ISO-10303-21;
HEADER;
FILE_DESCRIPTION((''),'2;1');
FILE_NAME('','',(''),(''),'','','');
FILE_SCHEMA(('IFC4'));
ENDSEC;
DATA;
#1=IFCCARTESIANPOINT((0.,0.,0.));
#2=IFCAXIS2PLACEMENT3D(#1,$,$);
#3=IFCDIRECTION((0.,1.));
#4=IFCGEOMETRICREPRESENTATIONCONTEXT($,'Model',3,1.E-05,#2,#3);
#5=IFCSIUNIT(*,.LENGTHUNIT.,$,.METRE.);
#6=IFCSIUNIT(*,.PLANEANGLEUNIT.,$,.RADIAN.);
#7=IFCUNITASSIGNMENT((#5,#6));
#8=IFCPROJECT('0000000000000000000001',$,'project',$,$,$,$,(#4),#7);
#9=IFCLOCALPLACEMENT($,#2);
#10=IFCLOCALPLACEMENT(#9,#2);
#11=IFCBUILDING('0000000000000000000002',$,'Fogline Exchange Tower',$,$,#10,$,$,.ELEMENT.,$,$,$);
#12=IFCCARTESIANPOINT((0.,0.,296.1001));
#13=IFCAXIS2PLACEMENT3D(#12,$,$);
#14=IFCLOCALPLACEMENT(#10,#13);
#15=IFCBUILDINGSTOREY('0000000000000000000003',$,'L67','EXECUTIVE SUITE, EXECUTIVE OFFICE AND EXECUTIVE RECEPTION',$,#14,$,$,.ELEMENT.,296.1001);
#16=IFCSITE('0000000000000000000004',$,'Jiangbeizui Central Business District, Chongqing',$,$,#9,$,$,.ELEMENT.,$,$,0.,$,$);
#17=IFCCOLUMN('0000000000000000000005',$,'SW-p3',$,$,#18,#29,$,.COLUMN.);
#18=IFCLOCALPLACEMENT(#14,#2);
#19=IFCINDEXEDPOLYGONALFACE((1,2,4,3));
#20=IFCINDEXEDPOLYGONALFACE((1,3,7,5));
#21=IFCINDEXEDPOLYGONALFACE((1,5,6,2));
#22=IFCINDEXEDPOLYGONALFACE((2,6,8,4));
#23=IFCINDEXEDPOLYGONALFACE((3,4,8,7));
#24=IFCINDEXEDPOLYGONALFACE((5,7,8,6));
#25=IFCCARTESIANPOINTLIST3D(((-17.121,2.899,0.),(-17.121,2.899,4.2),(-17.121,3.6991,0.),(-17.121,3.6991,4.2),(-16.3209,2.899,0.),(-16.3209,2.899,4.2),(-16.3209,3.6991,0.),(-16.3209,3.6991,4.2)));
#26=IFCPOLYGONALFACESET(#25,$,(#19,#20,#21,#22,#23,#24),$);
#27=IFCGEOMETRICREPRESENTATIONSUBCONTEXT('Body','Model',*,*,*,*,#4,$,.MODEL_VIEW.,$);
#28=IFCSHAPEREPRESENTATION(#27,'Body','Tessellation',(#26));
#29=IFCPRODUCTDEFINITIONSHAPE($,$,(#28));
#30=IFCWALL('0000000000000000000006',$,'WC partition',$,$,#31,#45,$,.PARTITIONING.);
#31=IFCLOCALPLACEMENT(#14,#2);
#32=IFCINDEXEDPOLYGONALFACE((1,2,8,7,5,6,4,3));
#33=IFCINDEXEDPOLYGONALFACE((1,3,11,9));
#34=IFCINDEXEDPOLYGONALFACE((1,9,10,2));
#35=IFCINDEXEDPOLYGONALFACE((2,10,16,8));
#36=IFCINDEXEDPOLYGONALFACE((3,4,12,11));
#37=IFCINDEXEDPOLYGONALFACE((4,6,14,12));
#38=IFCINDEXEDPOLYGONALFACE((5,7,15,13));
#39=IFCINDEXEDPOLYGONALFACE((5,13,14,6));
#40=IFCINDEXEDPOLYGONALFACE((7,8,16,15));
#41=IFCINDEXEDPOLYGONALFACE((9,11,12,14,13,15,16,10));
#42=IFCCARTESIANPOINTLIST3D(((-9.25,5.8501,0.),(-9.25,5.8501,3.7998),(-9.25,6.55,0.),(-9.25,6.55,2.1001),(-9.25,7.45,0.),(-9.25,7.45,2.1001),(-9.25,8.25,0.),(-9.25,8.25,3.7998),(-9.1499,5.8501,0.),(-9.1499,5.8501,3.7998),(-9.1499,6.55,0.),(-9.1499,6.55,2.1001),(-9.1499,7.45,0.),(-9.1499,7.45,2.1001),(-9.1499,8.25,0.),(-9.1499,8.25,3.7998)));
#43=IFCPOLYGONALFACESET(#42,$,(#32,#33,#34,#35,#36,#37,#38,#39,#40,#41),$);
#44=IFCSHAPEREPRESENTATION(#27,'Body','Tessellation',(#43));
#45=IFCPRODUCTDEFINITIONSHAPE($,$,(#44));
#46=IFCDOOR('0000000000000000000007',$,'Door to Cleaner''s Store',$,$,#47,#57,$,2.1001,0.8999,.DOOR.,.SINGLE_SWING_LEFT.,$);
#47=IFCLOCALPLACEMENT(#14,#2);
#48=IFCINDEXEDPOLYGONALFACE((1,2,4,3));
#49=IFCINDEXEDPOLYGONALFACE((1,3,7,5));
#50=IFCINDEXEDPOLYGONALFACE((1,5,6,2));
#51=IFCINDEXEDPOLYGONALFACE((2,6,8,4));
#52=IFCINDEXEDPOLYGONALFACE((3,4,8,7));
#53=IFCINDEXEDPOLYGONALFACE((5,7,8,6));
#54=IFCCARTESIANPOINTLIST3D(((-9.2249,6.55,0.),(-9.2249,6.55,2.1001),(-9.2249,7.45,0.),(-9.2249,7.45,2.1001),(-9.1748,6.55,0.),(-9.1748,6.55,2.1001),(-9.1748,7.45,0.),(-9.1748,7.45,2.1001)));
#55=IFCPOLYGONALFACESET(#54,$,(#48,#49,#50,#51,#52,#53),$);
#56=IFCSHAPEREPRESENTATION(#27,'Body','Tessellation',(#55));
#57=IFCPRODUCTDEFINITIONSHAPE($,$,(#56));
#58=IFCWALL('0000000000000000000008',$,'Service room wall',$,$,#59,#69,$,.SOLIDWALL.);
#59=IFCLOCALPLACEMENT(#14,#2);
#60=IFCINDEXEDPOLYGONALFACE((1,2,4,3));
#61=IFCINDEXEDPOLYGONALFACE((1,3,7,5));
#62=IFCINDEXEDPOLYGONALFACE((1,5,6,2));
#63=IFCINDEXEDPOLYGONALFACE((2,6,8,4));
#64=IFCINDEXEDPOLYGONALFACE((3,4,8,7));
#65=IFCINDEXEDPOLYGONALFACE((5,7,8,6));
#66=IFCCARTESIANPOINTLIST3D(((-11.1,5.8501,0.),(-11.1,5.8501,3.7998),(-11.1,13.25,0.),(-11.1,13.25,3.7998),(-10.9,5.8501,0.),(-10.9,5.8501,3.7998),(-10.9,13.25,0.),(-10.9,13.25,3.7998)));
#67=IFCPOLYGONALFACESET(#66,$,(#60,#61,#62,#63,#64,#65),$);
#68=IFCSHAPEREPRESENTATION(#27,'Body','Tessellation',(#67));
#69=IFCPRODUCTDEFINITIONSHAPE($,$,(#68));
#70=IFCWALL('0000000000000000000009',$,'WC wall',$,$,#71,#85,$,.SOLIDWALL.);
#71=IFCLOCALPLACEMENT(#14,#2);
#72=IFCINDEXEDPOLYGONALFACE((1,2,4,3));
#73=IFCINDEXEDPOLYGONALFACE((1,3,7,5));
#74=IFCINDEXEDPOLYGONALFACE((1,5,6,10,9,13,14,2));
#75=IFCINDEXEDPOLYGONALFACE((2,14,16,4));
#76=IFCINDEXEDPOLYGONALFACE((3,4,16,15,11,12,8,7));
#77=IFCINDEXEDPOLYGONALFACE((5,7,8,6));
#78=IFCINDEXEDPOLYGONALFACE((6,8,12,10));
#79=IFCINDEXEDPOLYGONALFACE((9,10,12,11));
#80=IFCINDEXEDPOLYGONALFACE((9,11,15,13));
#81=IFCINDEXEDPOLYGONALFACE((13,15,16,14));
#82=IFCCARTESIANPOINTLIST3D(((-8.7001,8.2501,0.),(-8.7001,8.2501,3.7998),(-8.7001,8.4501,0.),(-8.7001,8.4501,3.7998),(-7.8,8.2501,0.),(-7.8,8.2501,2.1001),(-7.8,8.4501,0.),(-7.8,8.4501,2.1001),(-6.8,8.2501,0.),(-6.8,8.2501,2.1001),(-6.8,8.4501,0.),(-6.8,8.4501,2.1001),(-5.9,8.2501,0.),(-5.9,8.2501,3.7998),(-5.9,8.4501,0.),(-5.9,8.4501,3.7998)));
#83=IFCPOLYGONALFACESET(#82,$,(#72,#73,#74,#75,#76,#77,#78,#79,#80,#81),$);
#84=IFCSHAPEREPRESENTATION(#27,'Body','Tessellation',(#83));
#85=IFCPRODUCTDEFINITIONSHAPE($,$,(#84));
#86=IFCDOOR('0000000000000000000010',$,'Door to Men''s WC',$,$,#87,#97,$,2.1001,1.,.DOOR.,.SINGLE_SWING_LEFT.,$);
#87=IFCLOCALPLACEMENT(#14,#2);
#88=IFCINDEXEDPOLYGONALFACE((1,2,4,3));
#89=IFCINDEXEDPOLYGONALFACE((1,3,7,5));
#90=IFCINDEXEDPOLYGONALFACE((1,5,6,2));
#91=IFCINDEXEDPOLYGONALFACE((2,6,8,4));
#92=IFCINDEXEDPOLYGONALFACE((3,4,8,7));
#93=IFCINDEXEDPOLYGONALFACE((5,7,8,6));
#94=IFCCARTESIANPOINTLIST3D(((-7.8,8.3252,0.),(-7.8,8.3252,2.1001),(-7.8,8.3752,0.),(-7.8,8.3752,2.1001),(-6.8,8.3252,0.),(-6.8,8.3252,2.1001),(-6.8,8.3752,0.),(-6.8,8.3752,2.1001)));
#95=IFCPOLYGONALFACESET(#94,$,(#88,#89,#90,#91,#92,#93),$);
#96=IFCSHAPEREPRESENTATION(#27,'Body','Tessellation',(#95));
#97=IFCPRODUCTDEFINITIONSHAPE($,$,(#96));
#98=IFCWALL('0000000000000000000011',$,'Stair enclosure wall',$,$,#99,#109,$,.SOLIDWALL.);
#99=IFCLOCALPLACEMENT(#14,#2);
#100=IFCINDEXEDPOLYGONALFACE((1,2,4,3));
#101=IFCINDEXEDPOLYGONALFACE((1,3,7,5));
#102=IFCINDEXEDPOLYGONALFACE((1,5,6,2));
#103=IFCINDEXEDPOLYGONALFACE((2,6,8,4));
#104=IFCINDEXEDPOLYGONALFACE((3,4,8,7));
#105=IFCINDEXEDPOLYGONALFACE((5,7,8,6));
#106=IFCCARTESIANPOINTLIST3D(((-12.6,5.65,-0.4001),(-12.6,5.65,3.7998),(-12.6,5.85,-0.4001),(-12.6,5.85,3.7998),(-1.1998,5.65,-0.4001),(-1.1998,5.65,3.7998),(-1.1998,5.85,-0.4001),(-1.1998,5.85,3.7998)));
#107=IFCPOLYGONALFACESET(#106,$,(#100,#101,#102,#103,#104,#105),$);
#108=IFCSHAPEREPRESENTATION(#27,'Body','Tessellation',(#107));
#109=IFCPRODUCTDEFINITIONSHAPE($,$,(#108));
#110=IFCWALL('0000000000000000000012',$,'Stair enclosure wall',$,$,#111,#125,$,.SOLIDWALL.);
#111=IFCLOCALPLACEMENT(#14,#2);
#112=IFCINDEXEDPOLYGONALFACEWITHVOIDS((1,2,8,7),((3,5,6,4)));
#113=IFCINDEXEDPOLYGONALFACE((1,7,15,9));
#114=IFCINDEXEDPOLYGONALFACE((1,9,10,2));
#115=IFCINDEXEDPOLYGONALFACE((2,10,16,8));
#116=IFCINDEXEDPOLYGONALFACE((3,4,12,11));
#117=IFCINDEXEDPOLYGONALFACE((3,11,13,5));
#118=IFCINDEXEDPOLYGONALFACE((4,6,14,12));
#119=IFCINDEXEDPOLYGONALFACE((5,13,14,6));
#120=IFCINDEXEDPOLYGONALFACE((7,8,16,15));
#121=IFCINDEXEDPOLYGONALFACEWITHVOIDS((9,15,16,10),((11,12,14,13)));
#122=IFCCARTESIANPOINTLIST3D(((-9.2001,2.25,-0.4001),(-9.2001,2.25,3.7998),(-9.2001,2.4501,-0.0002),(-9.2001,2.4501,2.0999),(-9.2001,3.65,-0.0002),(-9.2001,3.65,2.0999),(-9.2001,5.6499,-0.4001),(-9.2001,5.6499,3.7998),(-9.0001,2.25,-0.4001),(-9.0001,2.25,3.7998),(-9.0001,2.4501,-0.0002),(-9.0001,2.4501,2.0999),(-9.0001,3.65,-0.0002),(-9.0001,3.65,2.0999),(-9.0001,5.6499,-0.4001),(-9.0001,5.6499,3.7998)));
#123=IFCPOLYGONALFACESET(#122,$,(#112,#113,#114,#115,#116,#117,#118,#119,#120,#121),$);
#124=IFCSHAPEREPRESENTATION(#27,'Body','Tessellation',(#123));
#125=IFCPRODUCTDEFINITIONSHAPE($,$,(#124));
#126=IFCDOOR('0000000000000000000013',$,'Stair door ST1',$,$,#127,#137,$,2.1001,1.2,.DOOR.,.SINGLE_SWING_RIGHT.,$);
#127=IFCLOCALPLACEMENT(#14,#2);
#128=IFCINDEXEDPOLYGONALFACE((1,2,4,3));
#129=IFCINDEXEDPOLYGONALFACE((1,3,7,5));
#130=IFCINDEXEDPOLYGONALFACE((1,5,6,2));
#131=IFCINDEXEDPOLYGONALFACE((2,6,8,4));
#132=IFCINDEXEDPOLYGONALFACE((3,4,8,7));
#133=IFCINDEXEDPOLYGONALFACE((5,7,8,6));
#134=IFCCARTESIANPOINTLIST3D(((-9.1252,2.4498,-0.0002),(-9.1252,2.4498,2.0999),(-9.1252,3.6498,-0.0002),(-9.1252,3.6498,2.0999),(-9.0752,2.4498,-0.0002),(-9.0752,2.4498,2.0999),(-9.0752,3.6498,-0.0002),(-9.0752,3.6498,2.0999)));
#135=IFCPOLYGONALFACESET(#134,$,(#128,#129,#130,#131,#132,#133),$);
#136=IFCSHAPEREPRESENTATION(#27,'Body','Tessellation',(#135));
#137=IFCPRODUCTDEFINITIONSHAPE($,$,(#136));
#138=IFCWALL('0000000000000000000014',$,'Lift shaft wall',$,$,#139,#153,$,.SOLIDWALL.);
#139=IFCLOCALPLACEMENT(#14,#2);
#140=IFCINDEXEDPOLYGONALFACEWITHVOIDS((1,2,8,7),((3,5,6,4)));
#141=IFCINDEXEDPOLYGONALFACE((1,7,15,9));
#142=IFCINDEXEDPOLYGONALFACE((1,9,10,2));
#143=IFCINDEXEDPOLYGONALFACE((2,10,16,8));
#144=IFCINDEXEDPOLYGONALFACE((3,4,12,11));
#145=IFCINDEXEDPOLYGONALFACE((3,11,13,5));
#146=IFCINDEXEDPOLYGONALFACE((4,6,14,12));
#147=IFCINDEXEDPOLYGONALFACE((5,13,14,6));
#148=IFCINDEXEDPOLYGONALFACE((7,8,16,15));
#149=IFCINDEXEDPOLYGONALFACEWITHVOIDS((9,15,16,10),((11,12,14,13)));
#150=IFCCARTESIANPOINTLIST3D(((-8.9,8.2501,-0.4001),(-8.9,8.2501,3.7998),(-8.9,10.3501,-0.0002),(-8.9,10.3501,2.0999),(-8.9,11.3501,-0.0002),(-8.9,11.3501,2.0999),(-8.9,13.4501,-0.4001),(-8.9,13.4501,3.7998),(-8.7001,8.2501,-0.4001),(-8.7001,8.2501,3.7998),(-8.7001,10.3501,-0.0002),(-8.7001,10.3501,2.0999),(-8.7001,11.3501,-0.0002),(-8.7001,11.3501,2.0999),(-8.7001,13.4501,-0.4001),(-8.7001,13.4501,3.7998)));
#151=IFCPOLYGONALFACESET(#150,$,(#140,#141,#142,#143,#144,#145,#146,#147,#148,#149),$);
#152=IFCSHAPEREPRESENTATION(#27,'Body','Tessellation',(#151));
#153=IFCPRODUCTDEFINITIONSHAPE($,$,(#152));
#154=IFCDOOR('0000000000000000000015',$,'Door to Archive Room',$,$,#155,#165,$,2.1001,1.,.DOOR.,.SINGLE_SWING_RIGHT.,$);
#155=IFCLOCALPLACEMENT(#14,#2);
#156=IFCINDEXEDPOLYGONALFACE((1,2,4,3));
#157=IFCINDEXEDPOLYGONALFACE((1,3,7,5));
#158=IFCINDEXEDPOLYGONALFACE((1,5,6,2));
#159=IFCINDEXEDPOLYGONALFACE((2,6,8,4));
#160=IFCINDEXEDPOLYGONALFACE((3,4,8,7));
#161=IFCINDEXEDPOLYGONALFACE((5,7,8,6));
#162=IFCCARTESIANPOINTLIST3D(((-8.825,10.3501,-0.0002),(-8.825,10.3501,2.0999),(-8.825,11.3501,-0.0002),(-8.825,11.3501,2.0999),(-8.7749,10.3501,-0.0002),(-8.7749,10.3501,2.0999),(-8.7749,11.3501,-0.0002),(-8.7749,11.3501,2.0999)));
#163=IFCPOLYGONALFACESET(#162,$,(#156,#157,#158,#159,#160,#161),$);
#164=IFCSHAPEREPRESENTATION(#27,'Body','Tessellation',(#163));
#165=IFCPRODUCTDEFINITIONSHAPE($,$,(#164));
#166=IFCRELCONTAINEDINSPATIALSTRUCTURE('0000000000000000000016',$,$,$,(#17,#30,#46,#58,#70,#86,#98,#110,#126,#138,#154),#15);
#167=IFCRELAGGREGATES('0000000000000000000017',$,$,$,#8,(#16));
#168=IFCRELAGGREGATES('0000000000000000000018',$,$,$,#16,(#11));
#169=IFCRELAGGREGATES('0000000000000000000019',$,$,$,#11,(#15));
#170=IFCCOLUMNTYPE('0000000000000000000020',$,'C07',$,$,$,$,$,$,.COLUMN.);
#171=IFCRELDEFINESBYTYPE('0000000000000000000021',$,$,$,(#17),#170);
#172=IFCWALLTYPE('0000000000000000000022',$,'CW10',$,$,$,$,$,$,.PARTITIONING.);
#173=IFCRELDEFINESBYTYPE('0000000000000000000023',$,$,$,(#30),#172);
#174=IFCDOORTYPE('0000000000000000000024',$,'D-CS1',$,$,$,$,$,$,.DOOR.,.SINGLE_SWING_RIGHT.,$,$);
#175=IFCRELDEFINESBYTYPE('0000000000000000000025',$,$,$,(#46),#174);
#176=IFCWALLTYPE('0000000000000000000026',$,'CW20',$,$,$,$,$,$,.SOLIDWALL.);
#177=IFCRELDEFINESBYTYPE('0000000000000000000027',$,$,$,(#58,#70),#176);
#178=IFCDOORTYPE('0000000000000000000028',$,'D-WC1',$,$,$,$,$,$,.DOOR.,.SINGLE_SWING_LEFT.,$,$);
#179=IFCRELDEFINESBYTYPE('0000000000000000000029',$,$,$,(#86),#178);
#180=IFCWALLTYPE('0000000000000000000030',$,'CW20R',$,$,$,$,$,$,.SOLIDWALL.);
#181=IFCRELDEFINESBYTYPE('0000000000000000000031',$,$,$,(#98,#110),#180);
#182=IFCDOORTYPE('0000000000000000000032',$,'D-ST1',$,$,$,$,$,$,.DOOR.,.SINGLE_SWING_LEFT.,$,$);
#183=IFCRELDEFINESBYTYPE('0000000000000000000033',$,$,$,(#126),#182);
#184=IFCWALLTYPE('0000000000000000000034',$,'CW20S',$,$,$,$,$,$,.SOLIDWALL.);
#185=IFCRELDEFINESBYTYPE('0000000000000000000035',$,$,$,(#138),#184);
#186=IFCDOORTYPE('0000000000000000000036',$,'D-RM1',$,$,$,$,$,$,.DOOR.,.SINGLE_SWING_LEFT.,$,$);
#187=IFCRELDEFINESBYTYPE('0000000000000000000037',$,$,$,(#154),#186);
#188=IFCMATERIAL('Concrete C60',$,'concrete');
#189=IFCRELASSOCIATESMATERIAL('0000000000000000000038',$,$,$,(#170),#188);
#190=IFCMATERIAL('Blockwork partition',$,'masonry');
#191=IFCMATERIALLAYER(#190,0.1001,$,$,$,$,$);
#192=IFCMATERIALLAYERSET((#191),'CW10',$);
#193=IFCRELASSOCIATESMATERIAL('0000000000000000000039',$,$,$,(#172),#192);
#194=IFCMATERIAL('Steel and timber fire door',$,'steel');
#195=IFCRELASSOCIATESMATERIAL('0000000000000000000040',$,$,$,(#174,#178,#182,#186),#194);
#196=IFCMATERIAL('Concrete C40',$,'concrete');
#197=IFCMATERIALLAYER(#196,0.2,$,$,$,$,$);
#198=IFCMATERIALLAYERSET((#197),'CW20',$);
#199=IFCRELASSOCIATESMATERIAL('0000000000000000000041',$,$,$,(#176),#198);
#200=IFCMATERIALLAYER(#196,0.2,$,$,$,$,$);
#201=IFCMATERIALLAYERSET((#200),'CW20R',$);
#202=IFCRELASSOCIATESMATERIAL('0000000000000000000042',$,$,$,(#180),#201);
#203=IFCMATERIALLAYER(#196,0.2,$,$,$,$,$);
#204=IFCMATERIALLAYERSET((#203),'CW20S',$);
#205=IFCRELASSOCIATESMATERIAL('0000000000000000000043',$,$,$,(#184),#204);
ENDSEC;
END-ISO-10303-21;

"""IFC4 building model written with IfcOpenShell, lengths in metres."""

from ifc_helpers import new_model, si_unit, direction, frame, frame_2d, origin, origin_2d, place, context, subcontext, project, spatial, rectangle, extrude, material, layer, layer_set, material_profile, profile_set, type_object, element, fill, save


model = new_model("IFC4")

# Units and contexts
model_context = context("Model", 3, precision=1e-05, world=origin(), true_north=direction((0.0, 1.0)))
body_context = subcontext(model_context, "Body", "Model", "MODEL_VIEW")
ifc_project = project(units=[si_unit("LENGTHUNIT", "METRE"), si_unit("PLANEANGLEUNIT", "RADIAN")], contexts=[model_context])

# Site, building, storey
site_placement = place(None, origin())
site = spatial("IfcSite", under=ifc_project, at=site_placement, Name="Jiangbeizui Central Business District, Chongqing", CompositionType="ELEMENT", RefElevation=0.0)
building_placement = place(site_placement, origin())
building = spatial("IfcBuilding", under=site, at=building_placement, Name="Fogline Exchange Tower", CompositionType="ELEMENT")
storey_placement = place(building_placement, frame((0.0, 0.0, 296.1001)))
storey = spatial("IfcBuildingStorey", under=building, at=storey_placement, Name="L67", Description="EXECUTIVE SUITE, EXECUTIVE OFFICE AND EXECUTIVE RECEPTION", CompositionType="ELEMENT", Elevation=296.1001)

# Column
ifc_material_1 = material(Name="Concrete C60", Category="concrete")
ifc_material_profile = material_profile(ifc_material_1, rectangle(XDim=0.8, YDim=0.8, at=origin_2d()), Name="RC 800x800")
ifc_profile_set = profile_set([ifc_material_profile], Name="Concrete C60")
column_type = type_object("IfcColumnType", Name="C07", PredefinedType="COLUMN", material=ifc_profile_set)
column_placement = place(storey_placement, frame((-16.7209, 3.2991, 0.0), z_axis=(0.0, 0.0, 1.0), x_axis=(1.0, 0.0, 0.0)))
element("IfcColumn", 1, at=column_placement, inside=storey, type_object=column_type, Name="SW-p3", PredefinedType="COLUMN", context=body_context, shape_type="SweptSolid", body=[
    extrude(rectangle(XDim=0.8, YDim=0.8, at=origin_2d()), origin(), (0.0, 0.0, 1.0), 4.2),
])

# Wall, opening, door
ifc_material_2 = material(Name="Blockwork partition", Category="masonry")
ifc_layer_1 = layer(ifc_material_2, 0.1001)
ifc_layer_set_1 = layer_set([ifc_layer_1], Name="CW10")
wall_type_1 = type_object("IfcWallType", Name="CW10", PredefinedType="PARTITIONING", material=ifc_layer_set_1)
wall_1_placement = place(storey_placement, frame((-9.2, 5.8501, 0.0), z_axis=(0.0, 0.0, 1.0), x_axis=(0.0, 1.0, 0.0)))
wall_1 = element("IfcWall", 2, at=wall_1_placement, inside=storey, type_object=wall_type_1, Name="WC partition", PredefinedType="PARTITIONING", context=body_context, shape_type="SweptSolid", body=[
    extrude(rectangle(XDim=2.3999, YDim=0.1001, at=frame_2d((1.2, 0.0))), origin(), (0.0, 0.0, 1.0), 3.7998),
])
opening_1_placement = place(wall_1_placement, frame((0.7, 0.0, 0.0)))
opening_1 = element("IfcOpeningElement", 3, at=opening_1_placement, cuts=wall_1, PredefinedType="OPENING", context=body_context, shape_type="SweptSolid", body=[
    extrude(rectangle(XDim=0.8999, YDim=2.1001, at=frame_2d((0.45, 1.05))), frame((0.0, 0.0601, 0.0), z_axis=(0.0, -1.0, 0.0), x_axis=(1.0, 0.0, 0.0)), (0.0, 0.0, 1.0), 0.1201),
])
ifc_material_3 = material(Name="Steel and timber fire door", Category="steel")
door_type_1 = type_object("IfcDoorType", Name="D-CS1", OperationType="SINGLE_SWING_RIGHT", PredefinedType="DOOR", material=ifc_material_3)
door_1_placement = place(opening_1_placement, origin())
door_1 = element("IfcDoor", 4, at=door_1_placement, inside=storey, type_object=door_type_1, Name="Door to Cleaner's Store", OperationType="SINGLE_SWING_LEFT", OverallHeight=2.1001, OverallWidth=0.8999, PredefinedType="DOOR", context=body_context, shape_type="SweptSolid", body=[
    extrude(rectangle(XDim=0.8999, YDim=2.1001, at=frame_2d((0.45, 1.05))), frame((0.0, 0.0249, 0.0), z_axis=(0.0, -1.0, 0.0), x_axis=(1.0, 0.0, 0.0)), (0.0, 0.0, 1.0), 0.05),
])
fill(opening_1, door_1)

# Wall
ifc_material_4 = material(Name="Concrete C40", Category="concrete")
ifc_layer_2 = layer(ifc_material_4, 0.2)
ifc_layer_set_2 = layer_set([ifc_layer_2], Name="CW20")
wall_type_2 = type_object("IfcWallType", Name="CW20", PredefinedType="SOLIDWALL", material=ifc_layer_set_2)
wall_2_placement = place(storey_placement, frame((-11.0, 5.8501, 0.0), z_axis=(0.0, 0.0, 1.0), x_axis=(0.0, 1.0, 0.0)))
element("IfcWall", 5, at=wall_2_placement, inside=storey, type_object=wall_type_2, Name="Service room wall", PredefinedType="SOLIDWALL", context=body_context, shape_type="SweptSolid", body=[
    extrude(rectangle(XDim=7.3999, YDim=0.2, at=frame_2d((3.7, 0.0))), origin(), (0.0, 0.0, 1.0), 3.7998),
])

# Wall, opening, door
wall_3_placement = place(storey_placement, frame((-8.7, 8.3501, 0.0), z_axis=(0.0, 0.0, 1.0), x_axis=(1.0, 0.0, 0.0)))
wall_3 = element("IfcWall", 6, at=wall_3_placement, inside=storey, type_object=wall_type_2, Name="WC wall", PredefinedType="SOLIDWALL", context=body_context, shape_type="SweptSolid", body=[
    extrude(rectangle(XDim=2.8, YDim=0.2, at=frame_2d((1.3999, 0.0))), origin(), (0.0, 0.0, 1.0), 3.7998),
])
opening_2_placement = place(wall_3_placement, frame((0.8999, 0.0, 0.0)))
opening_2 = element("IfcOpeningElement", 7, at=opening_2_placement, cuts=wall_3, PredefinedType="OPENING", context=body_context, shape_type="SweptSolid", body=[
    extrude(rectangle(XDim=1.0, YDim=2.1001, at=frame_2d((0.5, 1.05))), frame((0.0, 0.1099, 0.0), z_axis=(0.0, -1.0, 0.0), x_axis=(1.0, 0.0, 0.0)), (0.0, 0.0, 1.0), 0.22),
])
door_type_2 = type_object("IfcDoorType", Name="D-WC1", OperationType="SINGLE_SWING_LEFT", PredefinedType="DOOR", material=ifc_material_3)
door_2_placement = place(opening_2_placement, frame((1.0, 0.0, 0.0), z_axis=(0.0, 0.0, 1.0), x_axis=(-1.0, 0.0, 0.0)))
door_2 = element("IfcDoor", 8, at=door_2_placement, inside=storey, type_object=door_type_2, Name="Door to Men's WC", OperationType="SINGLE_SWING_LEFT", OverallHeight=2.1001, OverallWidth=1.0, PredefinedType="DOOR", context=body_context, shape_type="SweptSolid", body=[
    extrude(rectangle(XDim=1.0, YDim=2.1001, at=frame_2d((0.5, 1.05))), frame((0.0, 0.0249, 0.0), z_axis=(0.0, -1.0, 0.0), x_axis=(1.0, 0.0, 0.0)), (0.0, 0.0, 1.0), 0.05),
])
fill(opening_2, door_2)

# Wall
ifc_layer_3 = layer(ifc_material_4, 0.2)
ifc_layer_set_3 = layer_set([ifc_layer_3], Name="CW20R")
wall_type_3 = type_object("IfcWallType", Name="CW20R", PredefinedType="SOLIDWALL", material=ifc_layer_set_3)
wall_4_placement = place(storey_placement, frame((-12.6001, 5.75, -0.4001), z_axis=(0.0, 0.0, 1.0), x_axis=(1.0, 0.0, 0.0)))
element("IfcWall", 9, at=wall_4_placement, inside=storey, type_object=wall_type_3, Name="Stair enclosure wall", PredefinedType="SOLIDWALL", context=body_context, shape_type="SweptSolid", body=[
    extrude(rectangle(XDim=11.4001, YDim=0.2, at=frame_2d((5.7002, 0.0))), origin(), (0.0, 0.0, 1.0), 4.2),
])

# Walls, openings, doors
wall_5_placement = place(storey_placement, frame((-9.1001, 2.25, -0.4001), z_axis=(0.0, 0.0, 1.0), x_axis=(0.0, 1.0, 0.0)))
wall_5 = element("IfcWall", 10, at=wall_5_placement, inside=storey, type_object=wall_type_3, Name="Stair enclosure wall", PredefinedType="SOLIDWALL", context=body_context, shape_type="SweptSolid", body=[
    extrude(rectangle(XDim=3.3999, YDim=0.2, at=frame_2d((1.7, 0.0))), origin(), (0.0, 0.0, 1.0), 4.2),
])
opening_3_placement = place(wall_5_placement, frame((0.2, 0.0, 0.3999)))
opening_3 = element("IfcOpeningElement", 11, at=opening_3_placement, cuts=wall_5, PredefinedType="OPENING", context=body_context, shape_type="SweptSolid", body=[
    extrude(rectangle(XDim=1.2, YDim=2.1001, at=frame_2d((0.6001, 1.05))), frame((0.0, 0.1099, 0.0), z_axis=(0.0, -1.0, 0.0), x_axis=(1.0, 0.0, 0.0)), (0.0, 0.0, 1.0), 0.22),
])
door_type_3 = type_object("IfcDoorType", Name="D-ST1", OperationType="SINGLE_SWING_LEFT", PredefinedType="DOOR", material=ifc_material_3)
door_3_placement = place(opening_3_placement, frame((1.2, 0.0, 0.0), z_axis=(0.0, 0.0, 1.0), x_axis=(-1.0, 0.0, 0.0)))
door_3 = element("IfcDoor", 12, at=door_3_placement, inside=storey, type_object=door_type_3, Name="Stair door ST1", OperationType="SINGLE_SWING_RIGHT", OverallHeight=2.1001, OverallWidth=1.2, PredefinedType="DOOR", context=body_context, shape_type="SweptSolid", body=[
    extrude(rectangle(XDim=1.2, YDim=2.1001, at=frame_2d((0.6001, 1.05))), frame((0.0, 0.0249, 0.0), z_axis=(0.0, -1.0, 0.0), x_axis=(1.0, 0.0, 0.0)), (0.0, 0.0, 1.0), 0.05),
])
fill(opening_3, door_3)
ifc_layer_4 = layer(ifc_material_4, 0.2)
ifc_layer_set_4 = layer_set([ifc_layer_4], Name="CW20S")
wall_type_4 = type_object("IfcWallType", Name="CW20S", PredefinedType="SOLIDWALL", material=ifc_layer_set_4)
wall_6_placement = place(storey_placement, frame((-8.8, 8.25, -0.4001), z_axis=(0.0, 0.0, 1.0), x_axis=(0.0, 1.0, 0.0)))
wall_6 = element("IfcWall", 13, at=wall_6_placement, inside=storey, type_object=wall_type_4, Name="Lift shaft wall", PredefinedType="SOLIDWALL", context=body_context, shape_type="SweptSolid", body=[
    extrude(rectangle(XDim=5.2, YDim=0.2, at=frame_2d((2.6001, 0.0))), origin(), (0.0, 0.0, 1.0), 4.2),
])
opening_4_placement = place(wall_6_placement, frame((2.1001, 0.0, 0.3999)))
opening_4 = element("IfcOpeningElement", 14, at=opening_4_placement, cuts=wall_6, PredefinedType="OPENING", context=body_context, shape_type="SweptSolid", body=[
    extrude(rectangle(XDim=1.0, YDim=2.1001, at=frame_2d((0.5, 1.05))), frame((0.0, 0.1099, 0.0), z_axis=(0.0, -1.0, 0.0), x_axis=(1.0, 0.0, 0.0)), (0.0, 0.0, 1.0), 0.22),
])
door_type_4 = type_object("IfcDoorType", Name="D-RM1", OperationType="SINGLE_SWING_LEFT", PredefinedType="DOOR", material=ifc_material_3)
door_4_placement = place(opening_4_placement, origin())
door_4 = element("IfcDoor", 15, at=door_4_placement, inside=storey, type_object=door_type_4, Name="Door to Archive Room", OperationType="SINGLE_SWING_RIGHT", OverallHeight=2.1001, OverallWidth=1.0, PredefinedType="DOOR", context=body_context, shape_type="SweptSolid", body=[
    extrude(rectangle(XDim=1.0, YDim=2.1001, at=frame_2d((0.5, 1.05))), frame((0.0, 0.0249, 0.0), z_axis=(0.0, -1.0, 0.0), x_axis=(1.0, 0.0, 0.0)), (0.0, 0.0, 1.0), 0.05),
])
fill(opening_4, door_4)

save(model, "model.ifc")
